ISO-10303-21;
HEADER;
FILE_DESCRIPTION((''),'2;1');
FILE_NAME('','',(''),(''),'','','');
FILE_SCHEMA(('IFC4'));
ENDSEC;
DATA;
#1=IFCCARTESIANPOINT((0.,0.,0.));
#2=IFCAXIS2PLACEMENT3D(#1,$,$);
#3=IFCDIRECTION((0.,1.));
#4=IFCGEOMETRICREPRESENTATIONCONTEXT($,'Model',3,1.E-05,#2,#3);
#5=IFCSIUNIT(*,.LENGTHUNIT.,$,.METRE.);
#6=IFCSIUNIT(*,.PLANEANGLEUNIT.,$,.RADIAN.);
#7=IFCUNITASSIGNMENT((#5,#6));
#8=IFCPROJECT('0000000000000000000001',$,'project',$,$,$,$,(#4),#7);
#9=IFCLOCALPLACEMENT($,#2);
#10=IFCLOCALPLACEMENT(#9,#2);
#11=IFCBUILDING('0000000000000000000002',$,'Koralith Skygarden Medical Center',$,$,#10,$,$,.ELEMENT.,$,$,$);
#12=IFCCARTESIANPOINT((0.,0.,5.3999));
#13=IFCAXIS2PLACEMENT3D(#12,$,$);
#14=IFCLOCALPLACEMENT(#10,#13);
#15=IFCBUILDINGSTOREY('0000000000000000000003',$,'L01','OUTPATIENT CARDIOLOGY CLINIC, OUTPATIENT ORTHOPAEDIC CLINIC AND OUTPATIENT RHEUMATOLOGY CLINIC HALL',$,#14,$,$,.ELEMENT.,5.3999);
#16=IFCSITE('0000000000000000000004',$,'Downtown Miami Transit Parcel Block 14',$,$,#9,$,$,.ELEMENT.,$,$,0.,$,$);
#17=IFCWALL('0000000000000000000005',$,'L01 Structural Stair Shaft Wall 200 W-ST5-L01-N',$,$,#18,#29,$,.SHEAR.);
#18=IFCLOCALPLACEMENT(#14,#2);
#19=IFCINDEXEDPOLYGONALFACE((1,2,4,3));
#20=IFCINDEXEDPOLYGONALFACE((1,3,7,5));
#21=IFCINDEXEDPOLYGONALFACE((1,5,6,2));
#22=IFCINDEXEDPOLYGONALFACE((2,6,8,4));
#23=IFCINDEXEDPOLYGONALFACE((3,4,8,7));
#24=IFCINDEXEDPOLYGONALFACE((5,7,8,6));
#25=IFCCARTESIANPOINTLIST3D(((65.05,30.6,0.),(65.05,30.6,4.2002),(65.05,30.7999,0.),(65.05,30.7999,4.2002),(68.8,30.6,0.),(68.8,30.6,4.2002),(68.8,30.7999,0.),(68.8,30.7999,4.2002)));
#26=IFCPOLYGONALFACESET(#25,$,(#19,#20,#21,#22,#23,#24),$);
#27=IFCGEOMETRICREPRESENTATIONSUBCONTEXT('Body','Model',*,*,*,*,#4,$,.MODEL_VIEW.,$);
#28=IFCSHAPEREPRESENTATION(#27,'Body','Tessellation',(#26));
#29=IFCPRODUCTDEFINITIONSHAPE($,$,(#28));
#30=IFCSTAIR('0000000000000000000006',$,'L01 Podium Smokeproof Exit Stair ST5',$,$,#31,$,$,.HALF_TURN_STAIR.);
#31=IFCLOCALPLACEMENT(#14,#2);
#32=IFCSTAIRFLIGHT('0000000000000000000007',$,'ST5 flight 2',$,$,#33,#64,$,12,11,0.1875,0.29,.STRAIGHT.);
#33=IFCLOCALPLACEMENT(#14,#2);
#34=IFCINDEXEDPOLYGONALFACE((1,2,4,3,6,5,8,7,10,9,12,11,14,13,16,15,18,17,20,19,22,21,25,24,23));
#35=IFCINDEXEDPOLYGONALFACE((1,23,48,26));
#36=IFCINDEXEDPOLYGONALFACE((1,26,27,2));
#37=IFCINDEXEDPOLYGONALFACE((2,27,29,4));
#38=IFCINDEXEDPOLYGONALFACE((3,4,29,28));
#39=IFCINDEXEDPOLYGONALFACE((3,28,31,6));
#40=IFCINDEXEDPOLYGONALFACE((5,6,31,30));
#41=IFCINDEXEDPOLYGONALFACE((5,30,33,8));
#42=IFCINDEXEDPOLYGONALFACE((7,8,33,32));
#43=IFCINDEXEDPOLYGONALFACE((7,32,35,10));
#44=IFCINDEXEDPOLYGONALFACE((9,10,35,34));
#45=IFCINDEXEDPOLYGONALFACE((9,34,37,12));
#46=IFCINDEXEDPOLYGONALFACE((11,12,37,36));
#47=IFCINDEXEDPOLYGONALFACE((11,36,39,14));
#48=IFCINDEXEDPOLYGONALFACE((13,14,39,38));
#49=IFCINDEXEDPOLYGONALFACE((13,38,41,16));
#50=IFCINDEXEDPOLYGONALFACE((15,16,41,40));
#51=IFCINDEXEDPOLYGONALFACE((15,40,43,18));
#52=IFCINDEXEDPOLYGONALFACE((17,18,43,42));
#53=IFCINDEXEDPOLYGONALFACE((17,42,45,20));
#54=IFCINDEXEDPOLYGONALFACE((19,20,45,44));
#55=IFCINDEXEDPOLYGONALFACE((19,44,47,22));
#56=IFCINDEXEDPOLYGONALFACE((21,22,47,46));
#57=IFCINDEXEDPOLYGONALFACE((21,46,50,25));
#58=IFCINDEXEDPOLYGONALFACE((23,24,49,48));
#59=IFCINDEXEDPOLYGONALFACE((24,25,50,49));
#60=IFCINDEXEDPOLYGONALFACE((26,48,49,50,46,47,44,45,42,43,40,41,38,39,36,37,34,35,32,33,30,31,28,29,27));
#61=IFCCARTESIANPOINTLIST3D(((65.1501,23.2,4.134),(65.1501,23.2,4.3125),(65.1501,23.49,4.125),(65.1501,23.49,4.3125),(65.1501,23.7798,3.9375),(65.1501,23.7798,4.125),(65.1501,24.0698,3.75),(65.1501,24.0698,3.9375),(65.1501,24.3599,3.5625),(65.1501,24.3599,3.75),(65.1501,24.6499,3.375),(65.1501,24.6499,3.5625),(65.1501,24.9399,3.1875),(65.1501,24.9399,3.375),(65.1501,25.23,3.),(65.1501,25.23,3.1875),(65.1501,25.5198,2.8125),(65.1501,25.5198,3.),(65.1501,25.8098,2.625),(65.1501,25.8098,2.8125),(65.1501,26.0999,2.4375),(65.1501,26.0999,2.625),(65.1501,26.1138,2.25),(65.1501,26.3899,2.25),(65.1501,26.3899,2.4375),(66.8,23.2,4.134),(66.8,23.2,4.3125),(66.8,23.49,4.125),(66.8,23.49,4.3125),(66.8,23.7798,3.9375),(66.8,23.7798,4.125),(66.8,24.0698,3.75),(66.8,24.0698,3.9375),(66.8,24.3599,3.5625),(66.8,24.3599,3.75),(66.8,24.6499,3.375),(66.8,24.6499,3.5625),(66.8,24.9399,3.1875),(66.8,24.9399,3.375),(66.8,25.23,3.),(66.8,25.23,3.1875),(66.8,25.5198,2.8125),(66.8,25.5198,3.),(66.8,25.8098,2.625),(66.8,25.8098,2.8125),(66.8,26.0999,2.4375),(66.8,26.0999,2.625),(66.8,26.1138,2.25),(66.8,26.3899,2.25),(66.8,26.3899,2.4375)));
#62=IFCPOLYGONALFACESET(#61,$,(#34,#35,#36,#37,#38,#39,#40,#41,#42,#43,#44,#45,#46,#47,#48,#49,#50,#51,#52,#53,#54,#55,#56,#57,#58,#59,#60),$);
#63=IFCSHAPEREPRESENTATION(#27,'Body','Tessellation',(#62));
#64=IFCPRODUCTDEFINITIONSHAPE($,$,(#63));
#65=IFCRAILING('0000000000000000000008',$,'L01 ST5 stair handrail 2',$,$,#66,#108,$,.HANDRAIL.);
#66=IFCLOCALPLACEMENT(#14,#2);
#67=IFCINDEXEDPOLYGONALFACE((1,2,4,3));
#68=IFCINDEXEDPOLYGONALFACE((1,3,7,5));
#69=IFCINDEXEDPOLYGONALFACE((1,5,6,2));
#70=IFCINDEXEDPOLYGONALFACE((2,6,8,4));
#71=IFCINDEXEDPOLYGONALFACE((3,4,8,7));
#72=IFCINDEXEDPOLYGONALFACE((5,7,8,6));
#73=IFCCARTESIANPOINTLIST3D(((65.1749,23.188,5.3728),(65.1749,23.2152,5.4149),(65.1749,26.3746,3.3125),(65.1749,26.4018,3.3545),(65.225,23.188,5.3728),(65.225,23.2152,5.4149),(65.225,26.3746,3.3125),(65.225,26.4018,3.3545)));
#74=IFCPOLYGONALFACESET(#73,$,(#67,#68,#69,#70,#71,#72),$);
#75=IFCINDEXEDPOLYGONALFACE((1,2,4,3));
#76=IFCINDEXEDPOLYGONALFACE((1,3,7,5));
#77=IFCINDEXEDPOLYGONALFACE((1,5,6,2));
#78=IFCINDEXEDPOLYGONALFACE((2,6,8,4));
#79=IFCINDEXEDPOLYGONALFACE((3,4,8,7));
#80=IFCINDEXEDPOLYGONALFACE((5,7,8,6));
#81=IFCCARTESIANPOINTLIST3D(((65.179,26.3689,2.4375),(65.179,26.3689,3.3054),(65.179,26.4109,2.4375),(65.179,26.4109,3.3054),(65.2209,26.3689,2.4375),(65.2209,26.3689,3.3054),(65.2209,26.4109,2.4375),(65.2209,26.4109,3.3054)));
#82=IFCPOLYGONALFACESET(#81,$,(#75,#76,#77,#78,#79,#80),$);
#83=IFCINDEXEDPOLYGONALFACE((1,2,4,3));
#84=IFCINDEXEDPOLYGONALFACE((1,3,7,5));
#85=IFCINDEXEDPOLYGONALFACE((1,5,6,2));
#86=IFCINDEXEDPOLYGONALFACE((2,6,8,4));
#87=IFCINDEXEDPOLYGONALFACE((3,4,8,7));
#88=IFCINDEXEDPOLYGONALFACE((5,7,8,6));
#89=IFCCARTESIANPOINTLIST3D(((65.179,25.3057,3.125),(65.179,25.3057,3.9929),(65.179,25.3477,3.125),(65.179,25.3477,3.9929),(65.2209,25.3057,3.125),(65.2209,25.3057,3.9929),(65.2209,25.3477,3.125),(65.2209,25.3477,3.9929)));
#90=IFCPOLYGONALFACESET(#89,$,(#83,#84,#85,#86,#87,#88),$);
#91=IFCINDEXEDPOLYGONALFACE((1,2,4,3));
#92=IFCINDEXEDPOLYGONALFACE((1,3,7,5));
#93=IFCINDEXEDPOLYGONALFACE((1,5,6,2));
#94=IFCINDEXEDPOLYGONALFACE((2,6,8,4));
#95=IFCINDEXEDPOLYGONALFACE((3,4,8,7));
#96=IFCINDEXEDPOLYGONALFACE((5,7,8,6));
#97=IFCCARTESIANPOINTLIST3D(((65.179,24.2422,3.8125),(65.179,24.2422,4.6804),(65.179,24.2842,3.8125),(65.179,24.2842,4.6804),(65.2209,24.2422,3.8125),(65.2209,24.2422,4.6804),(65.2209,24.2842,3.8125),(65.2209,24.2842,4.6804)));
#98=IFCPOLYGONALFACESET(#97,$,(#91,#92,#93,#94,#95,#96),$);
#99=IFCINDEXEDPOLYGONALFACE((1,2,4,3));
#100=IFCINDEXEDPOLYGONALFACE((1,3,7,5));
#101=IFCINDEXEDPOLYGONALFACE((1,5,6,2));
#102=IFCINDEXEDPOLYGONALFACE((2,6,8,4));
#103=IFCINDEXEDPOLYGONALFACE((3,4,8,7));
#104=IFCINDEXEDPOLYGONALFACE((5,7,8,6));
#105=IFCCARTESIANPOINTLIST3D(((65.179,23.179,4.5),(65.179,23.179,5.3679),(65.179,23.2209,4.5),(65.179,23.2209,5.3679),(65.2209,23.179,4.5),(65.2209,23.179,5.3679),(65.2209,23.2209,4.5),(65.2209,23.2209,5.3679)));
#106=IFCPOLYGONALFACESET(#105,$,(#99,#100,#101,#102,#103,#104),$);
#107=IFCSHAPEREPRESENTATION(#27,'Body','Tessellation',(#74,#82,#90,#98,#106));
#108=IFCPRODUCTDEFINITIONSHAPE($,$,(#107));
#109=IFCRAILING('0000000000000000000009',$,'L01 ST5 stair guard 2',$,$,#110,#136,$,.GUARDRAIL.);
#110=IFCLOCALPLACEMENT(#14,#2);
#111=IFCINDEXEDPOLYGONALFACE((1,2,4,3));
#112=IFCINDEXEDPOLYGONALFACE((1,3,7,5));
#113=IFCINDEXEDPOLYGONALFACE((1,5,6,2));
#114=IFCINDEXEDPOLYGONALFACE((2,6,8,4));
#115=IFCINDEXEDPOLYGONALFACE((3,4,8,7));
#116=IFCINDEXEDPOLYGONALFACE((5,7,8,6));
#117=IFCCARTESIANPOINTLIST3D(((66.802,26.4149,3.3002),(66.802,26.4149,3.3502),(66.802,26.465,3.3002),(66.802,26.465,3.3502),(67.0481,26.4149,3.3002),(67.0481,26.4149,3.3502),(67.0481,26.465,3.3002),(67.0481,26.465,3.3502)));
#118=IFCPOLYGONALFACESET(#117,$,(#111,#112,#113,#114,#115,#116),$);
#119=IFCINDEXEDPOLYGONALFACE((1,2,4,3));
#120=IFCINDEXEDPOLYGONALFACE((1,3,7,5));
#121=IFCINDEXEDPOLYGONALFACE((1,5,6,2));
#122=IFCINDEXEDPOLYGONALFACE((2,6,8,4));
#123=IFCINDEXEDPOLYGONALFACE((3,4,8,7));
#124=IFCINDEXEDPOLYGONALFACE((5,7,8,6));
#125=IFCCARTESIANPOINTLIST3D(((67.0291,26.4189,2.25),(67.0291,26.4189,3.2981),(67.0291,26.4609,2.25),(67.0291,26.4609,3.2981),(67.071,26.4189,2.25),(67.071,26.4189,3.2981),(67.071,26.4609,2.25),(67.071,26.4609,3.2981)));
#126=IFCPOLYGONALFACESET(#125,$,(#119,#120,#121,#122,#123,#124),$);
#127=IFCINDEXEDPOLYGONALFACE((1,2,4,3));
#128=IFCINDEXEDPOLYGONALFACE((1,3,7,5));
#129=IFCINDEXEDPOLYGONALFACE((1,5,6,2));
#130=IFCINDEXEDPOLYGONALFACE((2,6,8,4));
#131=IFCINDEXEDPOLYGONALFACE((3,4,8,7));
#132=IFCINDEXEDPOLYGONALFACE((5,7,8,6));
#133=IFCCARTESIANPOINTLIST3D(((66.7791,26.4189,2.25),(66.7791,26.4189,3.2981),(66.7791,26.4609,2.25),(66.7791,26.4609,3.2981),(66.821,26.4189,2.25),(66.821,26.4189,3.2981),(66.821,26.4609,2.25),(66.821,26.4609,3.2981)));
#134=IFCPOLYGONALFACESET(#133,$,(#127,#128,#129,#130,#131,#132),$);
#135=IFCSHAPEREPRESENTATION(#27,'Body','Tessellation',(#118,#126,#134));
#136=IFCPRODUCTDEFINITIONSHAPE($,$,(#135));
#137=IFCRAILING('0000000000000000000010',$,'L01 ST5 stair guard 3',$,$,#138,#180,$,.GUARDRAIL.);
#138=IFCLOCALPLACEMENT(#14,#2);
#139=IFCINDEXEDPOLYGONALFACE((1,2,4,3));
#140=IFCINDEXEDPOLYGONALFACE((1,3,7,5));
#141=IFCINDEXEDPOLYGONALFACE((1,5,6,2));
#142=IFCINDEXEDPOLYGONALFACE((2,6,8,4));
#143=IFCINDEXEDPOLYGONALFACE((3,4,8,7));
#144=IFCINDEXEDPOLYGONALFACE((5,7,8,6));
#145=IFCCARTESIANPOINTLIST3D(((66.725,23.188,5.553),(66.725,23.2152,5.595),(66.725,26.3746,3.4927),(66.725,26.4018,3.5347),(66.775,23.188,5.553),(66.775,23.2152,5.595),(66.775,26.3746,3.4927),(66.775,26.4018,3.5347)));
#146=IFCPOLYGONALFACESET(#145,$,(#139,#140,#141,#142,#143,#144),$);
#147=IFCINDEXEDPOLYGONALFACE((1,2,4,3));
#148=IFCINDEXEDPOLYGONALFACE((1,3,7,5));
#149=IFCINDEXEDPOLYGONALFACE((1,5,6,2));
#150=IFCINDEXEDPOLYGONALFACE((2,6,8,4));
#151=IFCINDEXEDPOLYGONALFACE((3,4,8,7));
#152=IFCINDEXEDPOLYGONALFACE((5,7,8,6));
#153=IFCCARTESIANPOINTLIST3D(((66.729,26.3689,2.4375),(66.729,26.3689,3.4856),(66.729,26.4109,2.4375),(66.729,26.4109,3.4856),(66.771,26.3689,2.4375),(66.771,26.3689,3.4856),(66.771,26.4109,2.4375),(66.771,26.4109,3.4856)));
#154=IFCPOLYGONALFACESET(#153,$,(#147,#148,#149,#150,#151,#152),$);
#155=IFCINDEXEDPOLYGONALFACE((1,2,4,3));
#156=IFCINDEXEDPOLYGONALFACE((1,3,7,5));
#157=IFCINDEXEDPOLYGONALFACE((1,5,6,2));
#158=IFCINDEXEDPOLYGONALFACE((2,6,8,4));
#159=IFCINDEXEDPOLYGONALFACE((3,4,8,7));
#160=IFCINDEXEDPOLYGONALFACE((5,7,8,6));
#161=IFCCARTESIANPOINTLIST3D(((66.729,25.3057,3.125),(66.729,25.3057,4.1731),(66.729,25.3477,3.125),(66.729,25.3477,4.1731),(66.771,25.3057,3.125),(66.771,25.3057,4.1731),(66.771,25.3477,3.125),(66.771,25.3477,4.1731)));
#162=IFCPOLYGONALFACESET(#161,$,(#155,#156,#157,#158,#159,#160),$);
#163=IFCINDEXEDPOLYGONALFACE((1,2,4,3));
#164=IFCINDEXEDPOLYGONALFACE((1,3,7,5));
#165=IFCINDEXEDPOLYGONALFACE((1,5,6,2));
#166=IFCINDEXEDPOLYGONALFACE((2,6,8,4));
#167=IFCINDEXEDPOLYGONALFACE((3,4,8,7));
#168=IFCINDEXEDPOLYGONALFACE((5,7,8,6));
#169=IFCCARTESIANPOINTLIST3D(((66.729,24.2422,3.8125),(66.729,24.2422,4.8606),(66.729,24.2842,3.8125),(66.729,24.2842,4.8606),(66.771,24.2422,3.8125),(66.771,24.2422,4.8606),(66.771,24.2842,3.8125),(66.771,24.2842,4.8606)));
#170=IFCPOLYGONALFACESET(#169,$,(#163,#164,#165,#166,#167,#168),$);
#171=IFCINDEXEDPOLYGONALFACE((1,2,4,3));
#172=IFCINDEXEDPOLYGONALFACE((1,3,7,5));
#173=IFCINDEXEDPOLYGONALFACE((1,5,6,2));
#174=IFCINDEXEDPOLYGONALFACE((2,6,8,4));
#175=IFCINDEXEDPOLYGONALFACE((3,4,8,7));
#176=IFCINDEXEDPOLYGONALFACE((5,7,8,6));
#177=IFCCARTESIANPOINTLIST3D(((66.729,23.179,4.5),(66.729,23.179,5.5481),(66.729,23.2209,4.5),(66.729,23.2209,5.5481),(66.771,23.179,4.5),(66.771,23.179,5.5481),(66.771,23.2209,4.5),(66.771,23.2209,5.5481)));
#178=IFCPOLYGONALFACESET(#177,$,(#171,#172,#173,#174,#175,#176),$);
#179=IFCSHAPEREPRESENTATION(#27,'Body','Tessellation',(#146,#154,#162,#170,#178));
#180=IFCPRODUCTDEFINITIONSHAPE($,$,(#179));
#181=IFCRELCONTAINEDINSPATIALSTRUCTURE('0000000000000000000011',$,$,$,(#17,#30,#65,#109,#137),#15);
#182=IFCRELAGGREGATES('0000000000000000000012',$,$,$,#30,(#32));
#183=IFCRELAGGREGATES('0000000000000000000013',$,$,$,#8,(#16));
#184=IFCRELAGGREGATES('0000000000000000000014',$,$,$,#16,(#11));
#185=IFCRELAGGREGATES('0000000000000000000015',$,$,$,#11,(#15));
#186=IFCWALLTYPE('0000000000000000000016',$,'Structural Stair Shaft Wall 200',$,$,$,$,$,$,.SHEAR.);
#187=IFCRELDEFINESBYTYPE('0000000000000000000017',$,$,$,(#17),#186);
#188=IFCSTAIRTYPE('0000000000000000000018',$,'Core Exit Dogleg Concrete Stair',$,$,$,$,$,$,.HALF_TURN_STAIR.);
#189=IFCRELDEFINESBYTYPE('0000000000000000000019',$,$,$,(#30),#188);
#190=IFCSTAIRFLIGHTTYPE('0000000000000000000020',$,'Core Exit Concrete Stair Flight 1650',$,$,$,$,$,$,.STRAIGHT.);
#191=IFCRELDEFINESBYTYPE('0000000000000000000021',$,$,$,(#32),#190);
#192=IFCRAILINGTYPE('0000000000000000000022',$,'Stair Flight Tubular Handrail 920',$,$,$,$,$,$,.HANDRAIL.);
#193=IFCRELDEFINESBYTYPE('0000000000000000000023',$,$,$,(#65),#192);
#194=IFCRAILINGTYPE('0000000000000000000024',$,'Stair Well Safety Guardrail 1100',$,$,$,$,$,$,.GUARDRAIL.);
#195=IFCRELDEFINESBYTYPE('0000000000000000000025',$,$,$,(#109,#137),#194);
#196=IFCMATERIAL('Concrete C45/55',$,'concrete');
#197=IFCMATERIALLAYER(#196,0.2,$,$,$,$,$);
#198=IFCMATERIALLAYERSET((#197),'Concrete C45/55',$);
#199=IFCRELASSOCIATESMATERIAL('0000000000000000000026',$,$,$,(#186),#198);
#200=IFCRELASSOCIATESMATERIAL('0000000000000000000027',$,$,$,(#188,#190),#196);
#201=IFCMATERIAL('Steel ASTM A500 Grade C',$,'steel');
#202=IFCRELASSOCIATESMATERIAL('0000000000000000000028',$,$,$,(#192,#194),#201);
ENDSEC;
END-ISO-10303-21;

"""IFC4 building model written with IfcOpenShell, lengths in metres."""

from ifc_helpers import new_model, si_unit, direction, frame, frame_2d, origin, origin_2d, place, context, subcontext, project, spatial, polyline, rectangle, outline, extrude, material, layer, layer_set, type_object, element, aggregate, save


model = new_model("IFC4")

# Units and contexts
model_context = context("Model", 3, precision=1e-05, world=origin(), true_north=direction((0.0, 1.0)))
body_context = subcontext(model_context, "Body", "Model", "MODEL_VIEW")
ifc_project = project(units=[si_unit("LENGTHUNIT", "METRE"), si_unit("PLANEANGLEUNIT", "RADIAN")], contexts=[model_context])

# Site, building, storey
site_placement = place(None, origin())
site = spatial("IfcSite", under=ifc_project, at=site_placement, Name="Downtown Miami Transit Parcel Block 14", CompositionType="ELEMENT", RefElevation=0.0)
building_placement = place(site_placement, origin())
building = spatial("IfcBuilding", under=site, at=building_placement, Name="Koralith Skygarden Medical Center", CompositionType="ELEMENT")
storey_placement = place(building_placement, frame((0.0, 0.0, 5.3999)))
storey = spatial("IfcBuildingStorey", under=building, at=storey_placement, Name="L01", Description="OUTPATIENT CARDIOLOGY CLINIC, OUTPATIENT ORTHOPAEDIC CLINIC AND OUTPATIENT RHEUMATOLOGY CLINIC HALL", CompositionType="ELEMENT", Elevation=5.3999)

# Wall
ifc_material_1 = material(Name="Concrete C45/55", Category="concrete")
ifc_layer_1 = layer(ifc_material_1, 0.2)
ifc_layer_set_1 = layer_set([ifc_layer_1], Name="Concrete C45/55")
wall_type_1 = type_object("IfcWallType", Name="Structural Stair Shaft Wall 200", PredefinedType="SHEAR", material=ifc_layer_set_1)
wall_1_placement = place(storey_placement, frame((65.05, 30.7, 0.0), z_axis=(0.0, 0.0, 1.0), x_axis=(1.0, 0.0, 0.0)))
element("IfcWall", 1, at=wall_1_placement, inside=storey, type_object=wall_type_1, Name="L01 Structural Stair Shaft Wall 200 W-ST5-L01-N", PredefinedType="SHEAR", context=body_context, shape_type="SweptSolid", body=[
    extrude(rectangle(XDim=3.75, YDim=0.2, at=frame_2d((1.875, 0.0))), origin(), (0.0, 0.0, 1.0), 4.2002),
])

# Stair, stair flight
stair_type = type_object("IfcStairType", Name="Core Exit Dogleg Concrete Stair", PredefinedType="HALF_TURN_STAIR", material=ifc_material_1)
stair_placement = place(storey_placement, origin())
stair = element("IfcStair", 2, at=stair_placement, inside=storey, type_object=stair_type, Name="L01 Podium Smokeproof Exit Stair ST5", PredefinedType="HALF_TURN_STAIR")
stair_flight_type = type_object("IfcStairFlightType", Name="Core Exit Concrete Stair Flight 1650", PredefinedType="STRAIGHT", material=ifc_material_1)
stair_flight_placement = place(storey_placement, frame((65.9751, 26.3899, 2.25), z_axis=(0.0, 0.0, 1.0), x_axis=(0.0, -1.0, 0.0)))
stair_flight = element("IfcStairFlight", 3, at=stair_flight_placement, type_object=stair_flight_type, Name="ST5 flight 2", NumberOfRisers=12, NumberOfTreads=11, PredefinedType="STRAIGHT", RiserHeight=0.1875, TreadLength=0.29, context=body_context, shape_type="SweptSolid", body=[
    extrude(outline(polyline([(0.0, 0.0), (0.0, 0.1875), (0.29, 0.1875), (0.29, 0.375), (0.5801, 0.375), (0.5801, 0.5625), (0.8701, 0.5625), (0.8701, 0.75), (1.1599, 0.75), (1.1599, 0.9375), (1.45, 0.9375), (1.45, 1.125), (1.74, 1.125), (1.74, 1.3125), (2.03, 1.3125), (2.03, 1.5), (2.3201, 1.5), (2.3201, 1.6875), (2.6101, 1.6875), (2.6101, 1.875), (2.8999, 1.875), (2.8999, 2.0625), (3.1899, 2.0625), (3.1899, 2.25), (3.1899, 1.884), (0.2761, 0.0), (0.0, 0.0)])), frame((0.0, 0.825, 0.0), z_axis=(0.0, -1.0, 0.0), x_axis=(1.0, 0.0, 0.0)), (0.0, 0.0, 1.0), 1.6499),
])
aggregate(stair, [stair_flight])

# Railings
ifc_material_2 = material(Name="Steel ASTM A500 Grade C", Category="steel")
railing_type_1 = type_object("IfcRailingType", Name="Stair Flight Tubular Handrail 920", PredefinedType="HANDRAIL", material=ifc_material_2)
railing_1_placement = place(storey_placement, frame((65.2, 26.3899, 2.4375)))
element("IfcRailing", 4, at=railing_1_placement, inside=storey, type_object=railing_type_1, Name="L01 ST5 stair handrail 2", PredefinedType="HANDRAIL", context=body_context, shape_type="SweptSolid", body=[
    extrude(rectangle(XDim=0.05, YDim=0.05, at=origin_2d()), frame((0.0, -0.0017, 0.896), z_axis=(0.0, -0.83976, 0.542958), x_axis=(1.0, 0.0, 0.0)), (0.0, 0.0, 1.0), 3.7947),
    extrude(rectangle(XDim=0.042, YDim=0.042, at=origin_2d()), origin(), (0.0, 0.0, 1.0), 0.8679),
    extrude(rectangle(XDim=0.042, YDim=0.042, at=origin_2d()), frame((0.0, -1.0632, 0.6875)), (0.0, 0.0, 1.0), 0.8679),
    extrude(rectangle(XDim=0.042, YDim=0.042, at=origin_2d()), frame((0.0, -2.1267, 1.375)), (0.0, 0.0, 1.0), 0.8679),
    extrude(rectangle(XDim=0.042, YDim=0.042, at=origin_2d()), frame((0.0, -3.1899, 2.0625)), (0.0, 0.0, 1.0), 0.8679),
])
railing_type_2 = type_object("IfcRailingType", Name="Stair Well Safety Guardrail 1100", PredefinedType="GUARDRAIL", material=ifc_material_2)
railing_2_placement = place(storey_placement, frame((67.05, 26.4399, 2.25)))
element("IfcRailing", 5, at=railing_2_placement, inside=storey, type_object=railing_type_2, Name="L01 ST5 stair guard 2", PredefinedType="GUARDRAIL", context=body_context, shape_type="SweptSolid", body=[
    extrude(rectangle(XDim=0.05, YDim=0.05, at=origin_2d()), frame((-0.002, 0.0, 1.0752), z_axis=(-1.0, 0.0, 0.0), x_axis=(0.0, -1.0, 0.0)), (0.0, 0.0, 1.0), 0.2461),
    extrude(rectangle(XDim=0.042, YDim=0.042, at=origin_2d()), origin(), (0.0, 0.0, 1.0), 1.0481),
    extrude(rectangle(XDim=0.042, YDim=0.042, at=origin_2d()), frame((-0.25, 0.0, 0.0)), (0.0, 0.0, 1.0), 1.0481),
])
railing_3_placement = place(storey_placement, frame((66.75, 26.3899, 2.4375)))
element("IfcRailing", 6, at=railing_3_placement, inside=storey, type_object=railing_type_2, Name="L01 ST5 stair guard 3", PredefinedType="GUARDRAIL", context=body_context, shape_type="SweptSolid", body=[
    extrude(rectangle(XDim=0.05, YDim=0.05, at=origin_2d()), frame((0.0, -0.0017, 1.0762), z_axis=(0.0, -0.83976, 0.542958), x_axis=(1.0, 0.0, 0.0)), (0.0, 0.0, 1.0), 3.7947),
    extrude(rectangle(XDim=0.042, YDim=0.042, at=origin_2d()), origin(), (0.0, 0.0, 1.0), 1.0481),
    extrude(rectangle(XDim=0.042, YDim=0.042, at=origin_2d()), frame((0.0, -1.0632, 0.6875)), (0.0, 0.0, 1.0), 1.0481),
    extrude(rectangle(XDim=0.042, YDim=0.042, at=origin_2d()), frame((0.0, -2.1267, 1.375)), (0.0, 0.0, 1.0), 1.0481),
    extrude(rectangle(XDim=0.042, YDim=0.042, at=origin_2d()), frame((0.0, -3.1899, 2.0625)), (0.0, 0.0, 1.0), 1.0481),
])

save(model, "model.ifc")
